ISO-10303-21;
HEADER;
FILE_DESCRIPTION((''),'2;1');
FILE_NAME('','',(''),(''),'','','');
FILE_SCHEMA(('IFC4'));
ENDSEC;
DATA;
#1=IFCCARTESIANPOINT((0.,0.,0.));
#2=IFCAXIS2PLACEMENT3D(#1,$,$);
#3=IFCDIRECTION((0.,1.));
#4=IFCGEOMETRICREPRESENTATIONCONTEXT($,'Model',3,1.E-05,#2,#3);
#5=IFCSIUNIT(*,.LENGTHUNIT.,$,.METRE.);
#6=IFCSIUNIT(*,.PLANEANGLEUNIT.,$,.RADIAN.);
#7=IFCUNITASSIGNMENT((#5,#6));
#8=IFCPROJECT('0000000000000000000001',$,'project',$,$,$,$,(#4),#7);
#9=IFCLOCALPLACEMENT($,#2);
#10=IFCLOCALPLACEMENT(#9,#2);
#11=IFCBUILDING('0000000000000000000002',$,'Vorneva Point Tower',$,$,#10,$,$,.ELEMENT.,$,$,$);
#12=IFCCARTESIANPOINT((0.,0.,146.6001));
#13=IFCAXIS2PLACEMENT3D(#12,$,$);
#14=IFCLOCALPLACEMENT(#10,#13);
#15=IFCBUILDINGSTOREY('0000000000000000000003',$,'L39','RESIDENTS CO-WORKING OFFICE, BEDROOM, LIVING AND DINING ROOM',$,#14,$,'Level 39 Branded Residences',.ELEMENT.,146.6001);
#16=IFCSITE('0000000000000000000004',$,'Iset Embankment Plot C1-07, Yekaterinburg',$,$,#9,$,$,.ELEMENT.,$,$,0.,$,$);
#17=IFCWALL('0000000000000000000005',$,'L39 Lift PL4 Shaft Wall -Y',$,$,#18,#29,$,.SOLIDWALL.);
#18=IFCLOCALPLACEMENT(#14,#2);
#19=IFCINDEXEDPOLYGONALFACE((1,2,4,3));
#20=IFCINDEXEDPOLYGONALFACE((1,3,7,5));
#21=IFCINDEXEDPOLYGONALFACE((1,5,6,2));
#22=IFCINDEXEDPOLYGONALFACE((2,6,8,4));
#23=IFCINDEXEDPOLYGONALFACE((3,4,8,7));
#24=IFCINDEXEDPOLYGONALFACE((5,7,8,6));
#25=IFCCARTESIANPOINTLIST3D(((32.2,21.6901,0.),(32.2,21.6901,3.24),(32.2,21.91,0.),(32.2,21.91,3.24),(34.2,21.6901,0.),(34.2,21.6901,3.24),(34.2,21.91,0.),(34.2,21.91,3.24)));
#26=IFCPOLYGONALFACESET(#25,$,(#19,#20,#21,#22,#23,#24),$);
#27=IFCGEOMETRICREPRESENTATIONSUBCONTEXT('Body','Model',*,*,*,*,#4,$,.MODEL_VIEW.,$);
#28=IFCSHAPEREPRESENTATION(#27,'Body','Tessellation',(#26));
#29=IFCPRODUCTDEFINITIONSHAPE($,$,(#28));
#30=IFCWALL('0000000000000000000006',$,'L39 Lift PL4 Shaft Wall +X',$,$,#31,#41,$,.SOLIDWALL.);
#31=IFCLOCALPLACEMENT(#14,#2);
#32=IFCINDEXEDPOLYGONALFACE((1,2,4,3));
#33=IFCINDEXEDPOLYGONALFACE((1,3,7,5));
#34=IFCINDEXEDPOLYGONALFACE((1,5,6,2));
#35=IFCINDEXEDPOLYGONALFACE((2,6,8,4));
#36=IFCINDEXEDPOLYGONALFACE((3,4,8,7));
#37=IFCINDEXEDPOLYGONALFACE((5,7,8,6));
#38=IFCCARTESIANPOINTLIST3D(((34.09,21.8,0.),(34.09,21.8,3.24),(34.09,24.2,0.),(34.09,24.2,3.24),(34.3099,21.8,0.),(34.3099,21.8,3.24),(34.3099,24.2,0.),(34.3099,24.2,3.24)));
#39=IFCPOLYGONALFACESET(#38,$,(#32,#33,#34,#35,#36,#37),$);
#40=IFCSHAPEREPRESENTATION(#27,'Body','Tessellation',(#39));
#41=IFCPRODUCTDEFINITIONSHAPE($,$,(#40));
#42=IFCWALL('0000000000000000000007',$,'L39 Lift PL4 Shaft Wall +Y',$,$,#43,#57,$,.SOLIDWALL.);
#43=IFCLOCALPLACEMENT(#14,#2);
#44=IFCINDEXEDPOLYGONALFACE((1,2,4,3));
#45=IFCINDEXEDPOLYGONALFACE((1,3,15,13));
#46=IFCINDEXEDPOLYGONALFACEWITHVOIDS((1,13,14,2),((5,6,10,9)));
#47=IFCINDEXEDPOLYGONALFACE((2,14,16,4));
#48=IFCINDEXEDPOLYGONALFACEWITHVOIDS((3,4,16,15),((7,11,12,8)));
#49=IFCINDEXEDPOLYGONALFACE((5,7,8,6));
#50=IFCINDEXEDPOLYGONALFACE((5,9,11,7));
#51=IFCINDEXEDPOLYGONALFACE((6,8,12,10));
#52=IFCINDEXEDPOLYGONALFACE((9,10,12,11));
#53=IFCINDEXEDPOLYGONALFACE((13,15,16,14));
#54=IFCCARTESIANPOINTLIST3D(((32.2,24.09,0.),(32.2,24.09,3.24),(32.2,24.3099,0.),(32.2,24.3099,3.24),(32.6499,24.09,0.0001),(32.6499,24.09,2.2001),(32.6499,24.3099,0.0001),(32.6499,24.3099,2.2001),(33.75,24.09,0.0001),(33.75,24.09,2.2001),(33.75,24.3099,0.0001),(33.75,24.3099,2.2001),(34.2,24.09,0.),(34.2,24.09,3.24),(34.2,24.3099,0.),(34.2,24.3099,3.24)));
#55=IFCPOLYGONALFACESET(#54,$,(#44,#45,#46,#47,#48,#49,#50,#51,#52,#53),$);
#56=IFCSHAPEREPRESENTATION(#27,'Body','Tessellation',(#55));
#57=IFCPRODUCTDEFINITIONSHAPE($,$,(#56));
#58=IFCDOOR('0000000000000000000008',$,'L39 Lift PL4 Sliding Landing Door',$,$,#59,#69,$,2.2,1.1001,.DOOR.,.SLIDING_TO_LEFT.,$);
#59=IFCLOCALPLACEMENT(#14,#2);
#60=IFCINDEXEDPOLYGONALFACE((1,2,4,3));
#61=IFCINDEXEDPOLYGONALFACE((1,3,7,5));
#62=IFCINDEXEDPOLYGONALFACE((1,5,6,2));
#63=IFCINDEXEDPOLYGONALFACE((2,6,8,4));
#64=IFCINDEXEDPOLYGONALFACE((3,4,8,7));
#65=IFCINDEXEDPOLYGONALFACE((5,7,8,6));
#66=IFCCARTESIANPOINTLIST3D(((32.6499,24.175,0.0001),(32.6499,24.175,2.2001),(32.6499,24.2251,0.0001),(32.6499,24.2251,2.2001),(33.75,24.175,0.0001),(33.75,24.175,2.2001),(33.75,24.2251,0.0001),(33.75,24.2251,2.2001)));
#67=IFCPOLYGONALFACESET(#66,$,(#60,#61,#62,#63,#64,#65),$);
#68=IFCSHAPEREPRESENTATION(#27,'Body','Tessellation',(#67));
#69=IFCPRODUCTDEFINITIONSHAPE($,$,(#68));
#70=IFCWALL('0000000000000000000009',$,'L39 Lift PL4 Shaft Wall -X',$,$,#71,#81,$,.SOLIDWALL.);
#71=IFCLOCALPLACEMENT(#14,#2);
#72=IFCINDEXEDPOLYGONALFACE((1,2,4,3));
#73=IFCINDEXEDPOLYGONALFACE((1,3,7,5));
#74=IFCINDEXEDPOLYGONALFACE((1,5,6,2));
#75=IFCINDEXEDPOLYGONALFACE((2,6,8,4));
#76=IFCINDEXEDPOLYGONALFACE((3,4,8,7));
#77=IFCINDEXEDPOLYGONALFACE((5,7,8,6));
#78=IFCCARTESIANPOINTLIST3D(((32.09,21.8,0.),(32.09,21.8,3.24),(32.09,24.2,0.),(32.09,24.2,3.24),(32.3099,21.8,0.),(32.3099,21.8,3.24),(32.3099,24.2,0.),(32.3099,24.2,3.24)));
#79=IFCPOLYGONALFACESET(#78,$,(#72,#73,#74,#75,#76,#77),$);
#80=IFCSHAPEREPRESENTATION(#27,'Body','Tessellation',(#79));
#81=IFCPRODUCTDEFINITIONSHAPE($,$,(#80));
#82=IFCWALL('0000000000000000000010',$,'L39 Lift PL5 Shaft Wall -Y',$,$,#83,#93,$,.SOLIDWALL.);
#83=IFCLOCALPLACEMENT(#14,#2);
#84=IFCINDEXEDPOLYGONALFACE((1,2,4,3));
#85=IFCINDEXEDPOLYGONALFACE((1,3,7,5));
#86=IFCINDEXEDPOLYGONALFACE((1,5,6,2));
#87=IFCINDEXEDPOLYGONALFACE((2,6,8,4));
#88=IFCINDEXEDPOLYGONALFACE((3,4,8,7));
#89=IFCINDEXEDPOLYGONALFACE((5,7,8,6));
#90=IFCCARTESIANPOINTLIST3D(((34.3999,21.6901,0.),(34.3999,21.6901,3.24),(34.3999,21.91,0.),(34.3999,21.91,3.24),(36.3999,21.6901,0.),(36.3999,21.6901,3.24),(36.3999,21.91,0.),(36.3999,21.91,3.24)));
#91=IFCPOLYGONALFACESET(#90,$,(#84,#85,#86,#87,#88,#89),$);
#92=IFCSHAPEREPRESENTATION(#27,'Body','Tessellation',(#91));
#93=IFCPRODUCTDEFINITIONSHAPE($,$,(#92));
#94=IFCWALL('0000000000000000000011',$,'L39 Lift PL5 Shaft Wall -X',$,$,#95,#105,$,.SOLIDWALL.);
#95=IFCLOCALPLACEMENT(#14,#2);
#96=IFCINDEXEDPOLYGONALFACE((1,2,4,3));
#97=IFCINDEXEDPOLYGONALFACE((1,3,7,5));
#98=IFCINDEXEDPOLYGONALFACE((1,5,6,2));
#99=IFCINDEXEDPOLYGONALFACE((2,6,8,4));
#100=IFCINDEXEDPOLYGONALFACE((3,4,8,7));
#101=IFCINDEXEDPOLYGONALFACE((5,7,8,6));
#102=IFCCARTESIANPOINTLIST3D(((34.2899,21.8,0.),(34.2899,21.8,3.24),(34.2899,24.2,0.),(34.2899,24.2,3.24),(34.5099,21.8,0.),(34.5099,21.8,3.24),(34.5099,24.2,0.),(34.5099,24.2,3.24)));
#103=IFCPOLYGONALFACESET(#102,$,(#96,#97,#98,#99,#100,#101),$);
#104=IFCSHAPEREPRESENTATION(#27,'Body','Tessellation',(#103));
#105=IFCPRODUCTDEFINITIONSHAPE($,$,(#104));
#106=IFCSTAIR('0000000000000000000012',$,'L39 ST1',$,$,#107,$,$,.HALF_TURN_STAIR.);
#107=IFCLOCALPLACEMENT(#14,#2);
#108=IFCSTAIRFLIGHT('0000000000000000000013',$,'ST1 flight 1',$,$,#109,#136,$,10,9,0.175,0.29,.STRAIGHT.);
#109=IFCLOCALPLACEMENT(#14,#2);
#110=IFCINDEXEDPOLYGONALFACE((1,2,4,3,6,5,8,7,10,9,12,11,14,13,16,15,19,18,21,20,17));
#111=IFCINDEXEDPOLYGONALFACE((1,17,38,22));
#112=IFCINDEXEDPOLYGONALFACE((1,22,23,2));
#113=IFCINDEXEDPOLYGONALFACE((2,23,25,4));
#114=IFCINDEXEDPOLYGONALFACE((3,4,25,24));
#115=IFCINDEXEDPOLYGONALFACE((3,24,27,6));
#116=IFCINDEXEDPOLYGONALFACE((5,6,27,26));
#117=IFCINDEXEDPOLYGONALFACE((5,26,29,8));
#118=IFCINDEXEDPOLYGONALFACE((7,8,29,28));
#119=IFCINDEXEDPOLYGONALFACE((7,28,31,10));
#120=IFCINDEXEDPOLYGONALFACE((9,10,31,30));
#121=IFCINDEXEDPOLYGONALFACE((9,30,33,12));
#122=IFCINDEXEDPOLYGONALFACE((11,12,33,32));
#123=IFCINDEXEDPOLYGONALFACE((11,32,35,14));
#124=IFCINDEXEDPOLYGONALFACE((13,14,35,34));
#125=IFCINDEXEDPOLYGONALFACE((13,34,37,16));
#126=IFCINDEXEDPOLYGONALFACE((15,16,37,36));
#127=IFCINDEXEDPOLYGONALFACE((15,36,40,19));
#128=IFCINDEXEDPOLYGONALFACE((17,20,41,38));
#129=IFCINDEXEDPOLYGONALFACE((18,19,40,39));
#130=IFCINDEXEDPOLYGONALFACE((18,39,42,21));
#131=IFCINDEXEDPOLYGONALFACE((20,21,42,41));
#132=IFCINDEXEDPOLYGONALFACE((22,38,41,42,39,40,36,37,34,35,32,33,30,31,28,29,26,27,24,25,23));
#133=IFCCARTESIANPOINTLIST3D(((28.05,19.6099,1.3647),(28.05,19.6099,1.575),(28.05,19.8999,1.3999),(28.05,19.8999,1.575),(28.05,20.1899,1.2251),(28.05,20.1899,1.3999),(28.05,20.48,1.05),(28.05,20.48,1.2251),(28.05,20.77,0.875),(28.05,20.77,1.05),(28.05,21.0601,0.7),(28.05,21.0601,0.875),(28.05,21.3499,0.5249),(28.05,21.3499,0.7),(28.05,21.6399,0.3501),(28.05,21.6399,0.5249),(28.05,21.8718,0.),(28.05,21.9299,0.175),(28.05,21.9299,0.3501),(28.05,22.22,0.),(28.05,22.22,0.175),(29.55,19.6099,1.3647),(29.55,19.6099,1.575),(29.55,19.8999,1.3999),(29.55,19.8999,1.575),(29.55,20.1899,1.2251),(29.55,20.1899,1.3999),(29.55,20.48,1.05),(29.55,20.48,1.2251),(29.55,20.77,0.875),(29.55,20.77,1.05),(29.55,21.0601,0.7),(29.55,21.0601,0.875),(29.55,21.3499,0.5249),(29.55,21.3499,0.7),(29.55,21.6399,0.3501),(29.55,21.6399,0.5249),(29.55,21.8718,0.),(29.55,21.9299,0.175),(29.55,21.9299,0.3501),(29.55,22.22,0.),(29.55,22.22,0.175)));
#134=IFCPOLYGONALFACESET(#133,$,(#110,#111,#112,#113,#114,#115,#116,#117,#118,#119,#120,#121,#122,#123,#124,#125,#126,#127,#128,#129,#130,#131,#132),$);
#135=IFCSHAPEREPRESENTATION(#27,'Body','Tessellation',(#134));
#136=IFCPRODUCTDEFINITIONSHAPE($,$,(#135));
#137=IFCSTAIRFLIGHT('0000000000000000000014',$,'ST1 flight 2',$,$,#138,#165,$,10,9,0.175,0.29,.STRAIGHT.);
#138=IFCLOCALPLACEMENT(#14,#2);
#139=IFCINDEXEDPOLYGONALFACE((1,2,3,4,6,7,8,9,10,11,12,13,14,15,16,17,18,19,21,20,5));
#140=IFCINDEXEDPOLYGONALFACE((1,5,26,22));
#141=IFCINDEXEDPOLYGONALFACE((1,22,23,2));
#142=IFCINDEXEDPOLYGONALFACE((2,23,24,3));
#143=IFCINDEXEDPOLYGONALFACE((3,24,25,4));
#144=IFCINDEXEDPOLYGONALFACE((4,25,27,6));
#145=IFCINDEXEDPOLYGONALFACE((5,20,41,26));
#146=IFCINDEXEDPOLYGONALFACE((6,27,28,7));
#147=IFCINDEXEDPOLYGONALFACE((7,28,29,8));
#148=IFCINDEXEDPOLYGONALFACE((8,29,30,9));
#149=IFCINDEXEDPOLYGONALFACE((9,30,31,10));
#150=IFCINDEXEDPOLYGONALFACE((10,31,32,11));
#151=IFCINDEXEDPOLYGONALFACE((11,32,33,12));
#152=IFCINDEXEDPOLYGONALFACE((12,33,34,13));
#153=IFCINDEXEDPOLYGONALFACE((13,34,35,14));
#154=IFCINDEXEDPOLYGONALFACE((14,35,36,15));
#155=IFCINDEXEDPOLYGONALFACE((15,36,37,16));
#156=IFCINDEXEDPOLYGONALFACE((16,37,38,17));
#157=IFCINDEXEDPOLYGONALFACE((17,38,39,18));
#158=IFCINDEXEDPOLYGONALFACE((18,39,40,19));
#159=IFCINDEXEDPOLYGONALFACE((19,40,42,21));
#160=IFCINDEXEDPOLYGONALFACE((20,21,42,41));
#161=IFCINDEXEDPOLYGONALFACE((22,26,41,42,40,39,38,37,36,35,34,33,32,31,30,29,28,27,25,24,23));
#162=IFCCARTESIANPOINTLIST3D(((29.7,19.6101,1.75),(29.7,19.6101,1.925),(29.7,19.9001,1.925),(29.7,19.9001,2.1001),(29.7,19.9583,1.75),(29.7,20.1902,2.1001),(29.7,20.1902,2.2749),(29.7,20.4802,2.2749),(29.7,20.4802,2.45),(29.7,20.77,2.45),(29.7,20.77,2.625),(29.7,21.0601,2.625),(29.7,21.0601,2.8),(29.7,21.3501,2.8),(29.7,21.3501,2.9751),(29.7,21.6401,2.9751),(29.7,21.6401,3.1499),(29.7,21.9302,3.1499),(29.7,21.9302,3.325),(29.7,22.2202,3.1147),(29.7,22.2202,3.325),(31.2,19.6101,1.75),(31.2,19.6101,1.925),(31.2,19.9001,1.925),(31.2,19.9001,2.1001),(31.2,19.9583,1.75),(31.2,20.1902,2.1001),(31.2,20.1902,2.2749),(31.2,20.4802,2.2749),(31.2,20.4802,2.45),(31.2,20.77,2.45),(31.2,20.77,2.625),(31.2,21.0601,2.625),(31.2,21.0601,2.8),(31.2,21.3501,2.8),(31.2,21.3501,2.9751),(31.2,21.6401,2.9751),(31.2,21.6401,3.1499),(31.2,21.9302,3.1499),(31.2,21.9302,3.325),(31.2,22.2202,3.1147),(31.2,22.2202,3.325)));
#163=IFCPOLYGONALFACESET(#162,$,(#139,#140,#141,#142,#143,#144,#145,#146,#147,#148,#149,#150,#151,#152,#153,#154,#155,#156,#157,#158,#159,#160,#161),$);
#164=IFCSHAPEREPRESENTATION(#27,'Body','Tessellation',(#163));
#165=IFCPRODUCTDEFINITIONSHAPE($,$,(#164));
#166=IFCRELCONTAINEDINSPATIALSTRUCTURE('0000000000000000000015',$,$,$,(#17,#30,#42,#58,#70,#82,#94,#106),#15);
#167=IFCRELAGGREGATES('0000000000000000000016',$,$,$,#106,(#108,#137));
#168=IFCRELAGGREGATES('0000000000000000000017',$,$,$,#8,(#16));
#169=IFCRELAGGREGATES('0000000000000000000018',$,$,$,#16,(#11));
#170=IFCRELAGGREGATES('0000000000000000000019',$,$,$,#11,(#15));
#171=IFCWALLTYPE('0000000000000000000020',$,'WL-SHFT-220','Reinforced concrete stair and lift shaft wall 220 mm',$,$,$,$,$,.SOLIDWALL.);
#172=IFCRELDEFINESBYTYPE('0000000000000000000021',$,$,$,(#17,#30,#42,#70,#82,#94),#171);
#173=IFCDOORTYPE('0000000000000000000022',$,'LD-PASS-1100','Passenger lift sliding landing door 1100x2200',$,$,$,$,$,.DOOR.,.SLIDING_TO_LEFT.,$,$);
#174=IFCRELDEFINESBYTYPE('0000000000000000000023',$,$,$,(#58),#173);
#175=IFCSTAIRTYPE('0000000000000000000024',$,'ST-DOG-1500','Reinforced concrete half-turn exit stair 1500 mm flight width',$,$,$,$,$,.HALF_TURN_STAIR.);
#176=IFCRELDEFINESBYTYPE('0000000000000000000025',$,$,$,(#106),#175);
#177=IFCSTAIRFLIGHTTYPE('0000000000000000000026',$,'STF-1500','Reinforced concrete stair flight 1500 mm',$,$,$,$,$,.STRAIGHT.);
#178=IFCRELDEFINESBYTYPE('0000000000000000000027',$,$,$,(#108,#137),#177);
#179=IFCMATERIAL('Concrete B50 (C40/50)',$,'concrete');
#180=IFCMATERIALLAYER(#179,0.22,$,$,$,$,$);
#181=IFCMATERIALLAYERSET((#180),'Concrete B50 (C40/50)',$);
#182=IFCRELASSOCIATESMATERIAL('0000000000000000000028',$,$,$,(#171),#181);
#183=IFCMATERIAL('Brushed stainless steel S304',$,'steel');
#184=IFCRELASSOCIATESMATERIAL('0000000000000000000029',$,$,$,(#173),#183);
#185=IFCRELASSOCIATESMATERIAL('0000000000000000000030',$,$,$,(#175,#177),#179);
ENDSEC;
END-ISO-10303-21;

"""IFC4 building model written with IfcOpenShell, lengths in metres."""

from ifc_helpers import new_model, si_unit, direction, frame, frame_2d, origin, place, context, subcontext, project, spatial, polyline, rectangle, outline, extrude, material, layer, layer_set, type_object, element, fill, aggregate, save


model = new_model("IFC4")

# Units and contexts
model_context = context("Model", 3, precision=1e-05, world=origin(), true_north=direction((0.0, 1.0)))
body_context = subcontext(model_context, "Body", "Model", "MODEL_VIEW")
ifc_project = project(units=[si_unit("LENGTHUNIT", "METRE"), si_unit("PLANEANGLEUNIT", "RADIAN")], contexts=[model_context])

# Site, building, storey
site_placement = place(None, origin())
site = spatial("IfcSite", under=ifc_project, at=site_placement, Name="Iset Embankment Plot C1-07, Yekaterinburg", CompositionType="ELEMENT", RefElevation=0.0)
building_placement = place(site_placement, origin())
building = spatial("IfcBuilding", under=site, at=building_placement, Name="Vorneva Point Tower", CompositionType="ELEMENT")
storey_placement = place(building_placement, frame((0.0, 0.0, 146.6001)))
storey = spatial("IfcBuildingStorey", under=building, at=storey_placement, Name="L39", Description="RESIDENTS CO-WORKING OFFICE, BEDROOM, LIVING AND DINING ROOM", LongName="Level 39 Branded Residences", CompositionType="ELEMENT", Elevation=146.6001)

# Shared definitions
ifc_material_1 = material(Name="Concrete B50 (C40/50)", Category="concrete")
ifc_layer_1 = layer(ifc_material_1, 0.22)
ifc_layer_set_1 = layer_set([ifc_layer_1], Name="Concrete B50 (C40/50)")
wall_type_1 = type_object("IfcWallType", Name="WL-SHFT-220", Description="Reinforced concrete stair and lift shaft wall 220 mm", PredefinedType="SOLIDWALL", material=ifc_layer_set_1)

# Walls
wall_1_placement = place(storey_placement, frame((32.2, 21.8, 0.0), z_axis=(0.0, 0.0, 1.0), x_axis=(1.0, 0.0, 0.0)))
element("IfcWall", 1, at=wall_1_placement, inside=storey, type_object=wall_type_1, Name="L39 Lift PL4 Shaft Wall -Y", PredefinedType="SOLIDWALL", context=body_context, shape_type="SweptSolid", body=[
    extrude(rectangle(XDim=2.0, YDim=0.22, at=frame_2d((1.0, 0.0))), origin(), (0.0, 0.0, 1.0), 3.24),
])
wall_2_placement = place(storey_placement, frame((34.2, 21.8, 0.0), z_axis=(0.0, 0.0, 1.0), x_axis=(0.0, 1.0, 0.0)))
element("IfcWall", 2, at=wall_2_placement, inside=storey, type_object=wall_type_1, Name="L39 Lift PL4 Shaft Wall +X", PredefinedType="SOLIDWALL", context=body_context, shape_type="SweptSolid", body=[
    extrude(rectangle(XDim=2.3999, YDim=0.22, at=frame_2d((1.2, 0.0))), origin(), (0.0, 0.0, 1.0), 3.24),
])

# Wall, opening, door
wall_3_placement = place(storey_placement, frame((34.2, 24.2, 0.0), z_axis=(0.0, 0.0, 1.0), x_axis=(-1.0, 0.0, 0.0)))
wall_3 = element("IfcWall", 3, at=wall_3_placement, inside=storey, type_object=wall_type_1, Name="L39 Lift PL4 Shaft Wall +Y", PredefinedType="SOLIDWALL", context=body_context, shape_type="SweptSolid", body=[
    extrude(rectangle(XDim=2.0, YDim=0.22, at=frame_2d((1.0, 0.0))), origin(), (0.0, 0.0, 1.0), 3.24),
])
opening_1_placement = place(wall_3_placement, frame((0.45, 0.0, 0.0)))
opening_1 = element("IfcOpeningElement", 4, at=opening_1_placement, cuts=wall_3, PredefinedType="OPENING", context=body_context, shape_type="SweptSolid", body=[
    extrude(rectangle(XDim=1.1001, YDim=2.2, at=frame_2d((0.55, 1.1001))), frame((0.0, 0.125, 0.0), z_axis=(0.0, -1.0, 0.0), x_axis=(1.0, 0.0, 0.0)), (0.0, 0.0, 1.0), 0.2498),
])
ifc_material_2 = material(Name="Brushed stainless steel S304", Category="steel")
door_type_1 = type_object("IfcDoorType", Name="LD-PASS-1100", Description="Passenger lift sliding landing door 1100x2200", OperationType="SLIDING_TO_LEFT", PredefinedType="DOOR", material=ifc_material_2)
door_1_placement = place(opening_1_placement, origin())
door_1 = element("IfcDoor", 5, at=door_1_placement, inside=storey, type_object=door_type_1, Name="L39 Lift PL4 Sliding Landing Door", OperationType="SLIDING_TO_LEFT", OverallHeight=2.2, OverallWidth=1.1001, PredefinedType="DOOR", context=body_context, shape_type="SweptSolid", body=[
    extrude(rectangle(XDim=1.1001, YDim=2.2, at=frame_2d((0.55, 1.1001))), frame((0.0, 0.0249, 0.0), z_axis=(0.0, -1.0, 0.0), x_axis=(1.0, 0.0, 0.0)), (0.0, 0.0, 1.0), 0.05),
])
fill(opening_1, door_1)

# Walls
wall_4_placement = place(storey_placement, frame((32.2, 24.2, 0.0), z_axis=(0.0, 0.0, 1.0), x_axis=(0.0, -1.0, 0.0)))
element("IfcWall", 6, at=wall_4_placement, inside=storey, type_object=wall_type_1, Name="L39 Lift PL4 Shaft Wall -X", PredefinedType="SOLIDWALL", context=body_context, shape_type="SweptSolid", body=[
    extrude(rectangle(XDim=2.3999, YDim=0.22, at=frame_2d((1.2, 0.0))), origin(), (0.0, 0.0, 1.0), 3.24),
])
wall_5_placement = place(storey_placement, frame((34.3999, 21.8, 0.0), z_axis=(0.0, 0.0, 1.0), x_axis=(1.0, 0.0, 0.0)))
element("IfcWall", 7, at=wall_5_placement, inside=storey, type_object=wall_type_1, Name="L39 Lift PL5 Shaft Wall -Y", PredefinedType="SOLIDWALL", context=body_context, shape_type="SweptSolid", body=[
    extrude(rectangle(XDim=2.0, YDim=0.22, at=frame_2d((1.0, 0.0))), origin(), (0.0, 0.0, 1.0), 3.24),
])
wall_6_placement = place(storey_placement, frame((34.3999, 24.2, 0.0), z_axis=(0.0, 0.0, 1.0), x_axis=(0.0, -1.0, 0.0)))
element("IfcWall", 8, at=wall_6_placement, inside=storey, type_object=wall_type_1, Name="L39 Lift PL5 Shaft Wall -X", PredefinedType="SOLIDWALL", context=body_context, shape_type="SweptSolid", body=[
    extrude(rectangle(XDim=2.3999, YDim=0.22, at=frame_2d((1.2, 0.0))), origin(), (0.0, 0.0, 1.0), 3.24),
])

# Stair, stair flights
stair_type = type_object("IfcStairType", Name="ST-DOG-1500", Description="Reinforced concrete half-turn exit stair 1500 mm flight width", PredefinedType="HALF_TURN_STAIR", material=ifc_material_1)
stair_placement = place(storey_placement, origin())
stair = element("IfcStair", 9, at=stair_placement, inside=storey, type_object=stair_type, Name="L39 ST1", PredefinedType="HALF_TURN_STAIR")
stair_flight_type = type_object("IfcStairFlightType", Name="STF-1500", Description="Reinforced concrete stair flight 1500 mm", PredefinedType="STRAIGHT", material=ifc_material_1)
stair_flight_1_placement = place(storey_placement, frame((28.8, 22.22, 0.0), z_axis=(0.0, 0.0, 1.0), x_axis=(0.0, -1.0, 0.0)))
stair_flight_1 = element("IfcStairFlight", 10, at=stair_flight_1_placement, type_object=stair_flight_type, Name="ST1 flight 1", NumberOfRisers=10, NumberOfTreads=9, PredefinedType="STRAIGHT", RiserHeight=0.175, TreadLength=0.29, context=body_context, shape_type="SweptSolid", body=[
    extrude(outline(polyline([(0.0, 0.0), (0.0, 0.175), (0.29, 0.175), (0.29, 0.3501), (0.5801, 0.3501), (0.5801, 0.5249), (0.8701, 0.5249), (0.8701, 0.7), (1.1599, 0.7), (1.1599, 0.875), (1.45, 0.875), (1.45, 1.05), (1.74, 1.05), (1.74, 1.2251), (2.03, 1.2251), (2.03, 1.3999), (2.3201, 1.3999), (2.3201, 1.575), (2.6101, 1.575), (2.6101, 1.75), (2.6101, 1.3647), (0.3481, 0.0), (0.0, 0.0)])), frame((0.0, 0.75, 0.0), z_axis=(0.0, -1.0, 0.0), x_axis=(1.0, 0.0, 0.0)), (0.0, 0.0, 1.0), 1.5),
])
stair_flight_2_placement = place(storey_placement, frame((30.45, 19.6101, 1.75), z_axis=(0.0, 0.0, 1.0), x_axis=(0.0, 1.0, 0.0)))
stair_flight_2 = element("IfcStairFlight", 11, at=stair_flight_2_placement, type_object=stair_flight_type, Name="ST1 flight 2", NumberOfRisers=10, NumberOfTreads=9, PredefinedType="STRAIGHT", RiserHeight=0.175, TreadLength=0.29, context=body_context, shape_type="SweptSolid", body=[
    extrude(outline(polyline([(0.0, 0.0), (0.0, 0.175), (0.29, 0.175), (0.29, 0.3501), (0.5801, 0.3501), (0.5801, 0.5249), (0.8701, 0.5249), (0.8701, 0.7), (1.1599, 0.7), (1.1599, 0.875), (1.45, 0.875), (1.45, 1.05), (1.74, 1.05), (1.74, 1.2251), (2.03, 1.2251), (2.03, 1.3999), (2.3201, 1.3999), (2.3201, 1.575), (2.6101, 1.575), (2.6101, 1.75), (2.6101, 1.3647), (0.3481, 0.0), (0.0, 0.0)])), frame((0.0, 0.75, 0.0), z_axis=(0.0, -1.0, 0.0), x_axis=(1.0, 0.0, 0.0)), (0.0, 0.0, 1.0), 1.5),
])
aggregate(stair, [stair_flight_1, stair_flight_2])

save(model, "model.ifc")
